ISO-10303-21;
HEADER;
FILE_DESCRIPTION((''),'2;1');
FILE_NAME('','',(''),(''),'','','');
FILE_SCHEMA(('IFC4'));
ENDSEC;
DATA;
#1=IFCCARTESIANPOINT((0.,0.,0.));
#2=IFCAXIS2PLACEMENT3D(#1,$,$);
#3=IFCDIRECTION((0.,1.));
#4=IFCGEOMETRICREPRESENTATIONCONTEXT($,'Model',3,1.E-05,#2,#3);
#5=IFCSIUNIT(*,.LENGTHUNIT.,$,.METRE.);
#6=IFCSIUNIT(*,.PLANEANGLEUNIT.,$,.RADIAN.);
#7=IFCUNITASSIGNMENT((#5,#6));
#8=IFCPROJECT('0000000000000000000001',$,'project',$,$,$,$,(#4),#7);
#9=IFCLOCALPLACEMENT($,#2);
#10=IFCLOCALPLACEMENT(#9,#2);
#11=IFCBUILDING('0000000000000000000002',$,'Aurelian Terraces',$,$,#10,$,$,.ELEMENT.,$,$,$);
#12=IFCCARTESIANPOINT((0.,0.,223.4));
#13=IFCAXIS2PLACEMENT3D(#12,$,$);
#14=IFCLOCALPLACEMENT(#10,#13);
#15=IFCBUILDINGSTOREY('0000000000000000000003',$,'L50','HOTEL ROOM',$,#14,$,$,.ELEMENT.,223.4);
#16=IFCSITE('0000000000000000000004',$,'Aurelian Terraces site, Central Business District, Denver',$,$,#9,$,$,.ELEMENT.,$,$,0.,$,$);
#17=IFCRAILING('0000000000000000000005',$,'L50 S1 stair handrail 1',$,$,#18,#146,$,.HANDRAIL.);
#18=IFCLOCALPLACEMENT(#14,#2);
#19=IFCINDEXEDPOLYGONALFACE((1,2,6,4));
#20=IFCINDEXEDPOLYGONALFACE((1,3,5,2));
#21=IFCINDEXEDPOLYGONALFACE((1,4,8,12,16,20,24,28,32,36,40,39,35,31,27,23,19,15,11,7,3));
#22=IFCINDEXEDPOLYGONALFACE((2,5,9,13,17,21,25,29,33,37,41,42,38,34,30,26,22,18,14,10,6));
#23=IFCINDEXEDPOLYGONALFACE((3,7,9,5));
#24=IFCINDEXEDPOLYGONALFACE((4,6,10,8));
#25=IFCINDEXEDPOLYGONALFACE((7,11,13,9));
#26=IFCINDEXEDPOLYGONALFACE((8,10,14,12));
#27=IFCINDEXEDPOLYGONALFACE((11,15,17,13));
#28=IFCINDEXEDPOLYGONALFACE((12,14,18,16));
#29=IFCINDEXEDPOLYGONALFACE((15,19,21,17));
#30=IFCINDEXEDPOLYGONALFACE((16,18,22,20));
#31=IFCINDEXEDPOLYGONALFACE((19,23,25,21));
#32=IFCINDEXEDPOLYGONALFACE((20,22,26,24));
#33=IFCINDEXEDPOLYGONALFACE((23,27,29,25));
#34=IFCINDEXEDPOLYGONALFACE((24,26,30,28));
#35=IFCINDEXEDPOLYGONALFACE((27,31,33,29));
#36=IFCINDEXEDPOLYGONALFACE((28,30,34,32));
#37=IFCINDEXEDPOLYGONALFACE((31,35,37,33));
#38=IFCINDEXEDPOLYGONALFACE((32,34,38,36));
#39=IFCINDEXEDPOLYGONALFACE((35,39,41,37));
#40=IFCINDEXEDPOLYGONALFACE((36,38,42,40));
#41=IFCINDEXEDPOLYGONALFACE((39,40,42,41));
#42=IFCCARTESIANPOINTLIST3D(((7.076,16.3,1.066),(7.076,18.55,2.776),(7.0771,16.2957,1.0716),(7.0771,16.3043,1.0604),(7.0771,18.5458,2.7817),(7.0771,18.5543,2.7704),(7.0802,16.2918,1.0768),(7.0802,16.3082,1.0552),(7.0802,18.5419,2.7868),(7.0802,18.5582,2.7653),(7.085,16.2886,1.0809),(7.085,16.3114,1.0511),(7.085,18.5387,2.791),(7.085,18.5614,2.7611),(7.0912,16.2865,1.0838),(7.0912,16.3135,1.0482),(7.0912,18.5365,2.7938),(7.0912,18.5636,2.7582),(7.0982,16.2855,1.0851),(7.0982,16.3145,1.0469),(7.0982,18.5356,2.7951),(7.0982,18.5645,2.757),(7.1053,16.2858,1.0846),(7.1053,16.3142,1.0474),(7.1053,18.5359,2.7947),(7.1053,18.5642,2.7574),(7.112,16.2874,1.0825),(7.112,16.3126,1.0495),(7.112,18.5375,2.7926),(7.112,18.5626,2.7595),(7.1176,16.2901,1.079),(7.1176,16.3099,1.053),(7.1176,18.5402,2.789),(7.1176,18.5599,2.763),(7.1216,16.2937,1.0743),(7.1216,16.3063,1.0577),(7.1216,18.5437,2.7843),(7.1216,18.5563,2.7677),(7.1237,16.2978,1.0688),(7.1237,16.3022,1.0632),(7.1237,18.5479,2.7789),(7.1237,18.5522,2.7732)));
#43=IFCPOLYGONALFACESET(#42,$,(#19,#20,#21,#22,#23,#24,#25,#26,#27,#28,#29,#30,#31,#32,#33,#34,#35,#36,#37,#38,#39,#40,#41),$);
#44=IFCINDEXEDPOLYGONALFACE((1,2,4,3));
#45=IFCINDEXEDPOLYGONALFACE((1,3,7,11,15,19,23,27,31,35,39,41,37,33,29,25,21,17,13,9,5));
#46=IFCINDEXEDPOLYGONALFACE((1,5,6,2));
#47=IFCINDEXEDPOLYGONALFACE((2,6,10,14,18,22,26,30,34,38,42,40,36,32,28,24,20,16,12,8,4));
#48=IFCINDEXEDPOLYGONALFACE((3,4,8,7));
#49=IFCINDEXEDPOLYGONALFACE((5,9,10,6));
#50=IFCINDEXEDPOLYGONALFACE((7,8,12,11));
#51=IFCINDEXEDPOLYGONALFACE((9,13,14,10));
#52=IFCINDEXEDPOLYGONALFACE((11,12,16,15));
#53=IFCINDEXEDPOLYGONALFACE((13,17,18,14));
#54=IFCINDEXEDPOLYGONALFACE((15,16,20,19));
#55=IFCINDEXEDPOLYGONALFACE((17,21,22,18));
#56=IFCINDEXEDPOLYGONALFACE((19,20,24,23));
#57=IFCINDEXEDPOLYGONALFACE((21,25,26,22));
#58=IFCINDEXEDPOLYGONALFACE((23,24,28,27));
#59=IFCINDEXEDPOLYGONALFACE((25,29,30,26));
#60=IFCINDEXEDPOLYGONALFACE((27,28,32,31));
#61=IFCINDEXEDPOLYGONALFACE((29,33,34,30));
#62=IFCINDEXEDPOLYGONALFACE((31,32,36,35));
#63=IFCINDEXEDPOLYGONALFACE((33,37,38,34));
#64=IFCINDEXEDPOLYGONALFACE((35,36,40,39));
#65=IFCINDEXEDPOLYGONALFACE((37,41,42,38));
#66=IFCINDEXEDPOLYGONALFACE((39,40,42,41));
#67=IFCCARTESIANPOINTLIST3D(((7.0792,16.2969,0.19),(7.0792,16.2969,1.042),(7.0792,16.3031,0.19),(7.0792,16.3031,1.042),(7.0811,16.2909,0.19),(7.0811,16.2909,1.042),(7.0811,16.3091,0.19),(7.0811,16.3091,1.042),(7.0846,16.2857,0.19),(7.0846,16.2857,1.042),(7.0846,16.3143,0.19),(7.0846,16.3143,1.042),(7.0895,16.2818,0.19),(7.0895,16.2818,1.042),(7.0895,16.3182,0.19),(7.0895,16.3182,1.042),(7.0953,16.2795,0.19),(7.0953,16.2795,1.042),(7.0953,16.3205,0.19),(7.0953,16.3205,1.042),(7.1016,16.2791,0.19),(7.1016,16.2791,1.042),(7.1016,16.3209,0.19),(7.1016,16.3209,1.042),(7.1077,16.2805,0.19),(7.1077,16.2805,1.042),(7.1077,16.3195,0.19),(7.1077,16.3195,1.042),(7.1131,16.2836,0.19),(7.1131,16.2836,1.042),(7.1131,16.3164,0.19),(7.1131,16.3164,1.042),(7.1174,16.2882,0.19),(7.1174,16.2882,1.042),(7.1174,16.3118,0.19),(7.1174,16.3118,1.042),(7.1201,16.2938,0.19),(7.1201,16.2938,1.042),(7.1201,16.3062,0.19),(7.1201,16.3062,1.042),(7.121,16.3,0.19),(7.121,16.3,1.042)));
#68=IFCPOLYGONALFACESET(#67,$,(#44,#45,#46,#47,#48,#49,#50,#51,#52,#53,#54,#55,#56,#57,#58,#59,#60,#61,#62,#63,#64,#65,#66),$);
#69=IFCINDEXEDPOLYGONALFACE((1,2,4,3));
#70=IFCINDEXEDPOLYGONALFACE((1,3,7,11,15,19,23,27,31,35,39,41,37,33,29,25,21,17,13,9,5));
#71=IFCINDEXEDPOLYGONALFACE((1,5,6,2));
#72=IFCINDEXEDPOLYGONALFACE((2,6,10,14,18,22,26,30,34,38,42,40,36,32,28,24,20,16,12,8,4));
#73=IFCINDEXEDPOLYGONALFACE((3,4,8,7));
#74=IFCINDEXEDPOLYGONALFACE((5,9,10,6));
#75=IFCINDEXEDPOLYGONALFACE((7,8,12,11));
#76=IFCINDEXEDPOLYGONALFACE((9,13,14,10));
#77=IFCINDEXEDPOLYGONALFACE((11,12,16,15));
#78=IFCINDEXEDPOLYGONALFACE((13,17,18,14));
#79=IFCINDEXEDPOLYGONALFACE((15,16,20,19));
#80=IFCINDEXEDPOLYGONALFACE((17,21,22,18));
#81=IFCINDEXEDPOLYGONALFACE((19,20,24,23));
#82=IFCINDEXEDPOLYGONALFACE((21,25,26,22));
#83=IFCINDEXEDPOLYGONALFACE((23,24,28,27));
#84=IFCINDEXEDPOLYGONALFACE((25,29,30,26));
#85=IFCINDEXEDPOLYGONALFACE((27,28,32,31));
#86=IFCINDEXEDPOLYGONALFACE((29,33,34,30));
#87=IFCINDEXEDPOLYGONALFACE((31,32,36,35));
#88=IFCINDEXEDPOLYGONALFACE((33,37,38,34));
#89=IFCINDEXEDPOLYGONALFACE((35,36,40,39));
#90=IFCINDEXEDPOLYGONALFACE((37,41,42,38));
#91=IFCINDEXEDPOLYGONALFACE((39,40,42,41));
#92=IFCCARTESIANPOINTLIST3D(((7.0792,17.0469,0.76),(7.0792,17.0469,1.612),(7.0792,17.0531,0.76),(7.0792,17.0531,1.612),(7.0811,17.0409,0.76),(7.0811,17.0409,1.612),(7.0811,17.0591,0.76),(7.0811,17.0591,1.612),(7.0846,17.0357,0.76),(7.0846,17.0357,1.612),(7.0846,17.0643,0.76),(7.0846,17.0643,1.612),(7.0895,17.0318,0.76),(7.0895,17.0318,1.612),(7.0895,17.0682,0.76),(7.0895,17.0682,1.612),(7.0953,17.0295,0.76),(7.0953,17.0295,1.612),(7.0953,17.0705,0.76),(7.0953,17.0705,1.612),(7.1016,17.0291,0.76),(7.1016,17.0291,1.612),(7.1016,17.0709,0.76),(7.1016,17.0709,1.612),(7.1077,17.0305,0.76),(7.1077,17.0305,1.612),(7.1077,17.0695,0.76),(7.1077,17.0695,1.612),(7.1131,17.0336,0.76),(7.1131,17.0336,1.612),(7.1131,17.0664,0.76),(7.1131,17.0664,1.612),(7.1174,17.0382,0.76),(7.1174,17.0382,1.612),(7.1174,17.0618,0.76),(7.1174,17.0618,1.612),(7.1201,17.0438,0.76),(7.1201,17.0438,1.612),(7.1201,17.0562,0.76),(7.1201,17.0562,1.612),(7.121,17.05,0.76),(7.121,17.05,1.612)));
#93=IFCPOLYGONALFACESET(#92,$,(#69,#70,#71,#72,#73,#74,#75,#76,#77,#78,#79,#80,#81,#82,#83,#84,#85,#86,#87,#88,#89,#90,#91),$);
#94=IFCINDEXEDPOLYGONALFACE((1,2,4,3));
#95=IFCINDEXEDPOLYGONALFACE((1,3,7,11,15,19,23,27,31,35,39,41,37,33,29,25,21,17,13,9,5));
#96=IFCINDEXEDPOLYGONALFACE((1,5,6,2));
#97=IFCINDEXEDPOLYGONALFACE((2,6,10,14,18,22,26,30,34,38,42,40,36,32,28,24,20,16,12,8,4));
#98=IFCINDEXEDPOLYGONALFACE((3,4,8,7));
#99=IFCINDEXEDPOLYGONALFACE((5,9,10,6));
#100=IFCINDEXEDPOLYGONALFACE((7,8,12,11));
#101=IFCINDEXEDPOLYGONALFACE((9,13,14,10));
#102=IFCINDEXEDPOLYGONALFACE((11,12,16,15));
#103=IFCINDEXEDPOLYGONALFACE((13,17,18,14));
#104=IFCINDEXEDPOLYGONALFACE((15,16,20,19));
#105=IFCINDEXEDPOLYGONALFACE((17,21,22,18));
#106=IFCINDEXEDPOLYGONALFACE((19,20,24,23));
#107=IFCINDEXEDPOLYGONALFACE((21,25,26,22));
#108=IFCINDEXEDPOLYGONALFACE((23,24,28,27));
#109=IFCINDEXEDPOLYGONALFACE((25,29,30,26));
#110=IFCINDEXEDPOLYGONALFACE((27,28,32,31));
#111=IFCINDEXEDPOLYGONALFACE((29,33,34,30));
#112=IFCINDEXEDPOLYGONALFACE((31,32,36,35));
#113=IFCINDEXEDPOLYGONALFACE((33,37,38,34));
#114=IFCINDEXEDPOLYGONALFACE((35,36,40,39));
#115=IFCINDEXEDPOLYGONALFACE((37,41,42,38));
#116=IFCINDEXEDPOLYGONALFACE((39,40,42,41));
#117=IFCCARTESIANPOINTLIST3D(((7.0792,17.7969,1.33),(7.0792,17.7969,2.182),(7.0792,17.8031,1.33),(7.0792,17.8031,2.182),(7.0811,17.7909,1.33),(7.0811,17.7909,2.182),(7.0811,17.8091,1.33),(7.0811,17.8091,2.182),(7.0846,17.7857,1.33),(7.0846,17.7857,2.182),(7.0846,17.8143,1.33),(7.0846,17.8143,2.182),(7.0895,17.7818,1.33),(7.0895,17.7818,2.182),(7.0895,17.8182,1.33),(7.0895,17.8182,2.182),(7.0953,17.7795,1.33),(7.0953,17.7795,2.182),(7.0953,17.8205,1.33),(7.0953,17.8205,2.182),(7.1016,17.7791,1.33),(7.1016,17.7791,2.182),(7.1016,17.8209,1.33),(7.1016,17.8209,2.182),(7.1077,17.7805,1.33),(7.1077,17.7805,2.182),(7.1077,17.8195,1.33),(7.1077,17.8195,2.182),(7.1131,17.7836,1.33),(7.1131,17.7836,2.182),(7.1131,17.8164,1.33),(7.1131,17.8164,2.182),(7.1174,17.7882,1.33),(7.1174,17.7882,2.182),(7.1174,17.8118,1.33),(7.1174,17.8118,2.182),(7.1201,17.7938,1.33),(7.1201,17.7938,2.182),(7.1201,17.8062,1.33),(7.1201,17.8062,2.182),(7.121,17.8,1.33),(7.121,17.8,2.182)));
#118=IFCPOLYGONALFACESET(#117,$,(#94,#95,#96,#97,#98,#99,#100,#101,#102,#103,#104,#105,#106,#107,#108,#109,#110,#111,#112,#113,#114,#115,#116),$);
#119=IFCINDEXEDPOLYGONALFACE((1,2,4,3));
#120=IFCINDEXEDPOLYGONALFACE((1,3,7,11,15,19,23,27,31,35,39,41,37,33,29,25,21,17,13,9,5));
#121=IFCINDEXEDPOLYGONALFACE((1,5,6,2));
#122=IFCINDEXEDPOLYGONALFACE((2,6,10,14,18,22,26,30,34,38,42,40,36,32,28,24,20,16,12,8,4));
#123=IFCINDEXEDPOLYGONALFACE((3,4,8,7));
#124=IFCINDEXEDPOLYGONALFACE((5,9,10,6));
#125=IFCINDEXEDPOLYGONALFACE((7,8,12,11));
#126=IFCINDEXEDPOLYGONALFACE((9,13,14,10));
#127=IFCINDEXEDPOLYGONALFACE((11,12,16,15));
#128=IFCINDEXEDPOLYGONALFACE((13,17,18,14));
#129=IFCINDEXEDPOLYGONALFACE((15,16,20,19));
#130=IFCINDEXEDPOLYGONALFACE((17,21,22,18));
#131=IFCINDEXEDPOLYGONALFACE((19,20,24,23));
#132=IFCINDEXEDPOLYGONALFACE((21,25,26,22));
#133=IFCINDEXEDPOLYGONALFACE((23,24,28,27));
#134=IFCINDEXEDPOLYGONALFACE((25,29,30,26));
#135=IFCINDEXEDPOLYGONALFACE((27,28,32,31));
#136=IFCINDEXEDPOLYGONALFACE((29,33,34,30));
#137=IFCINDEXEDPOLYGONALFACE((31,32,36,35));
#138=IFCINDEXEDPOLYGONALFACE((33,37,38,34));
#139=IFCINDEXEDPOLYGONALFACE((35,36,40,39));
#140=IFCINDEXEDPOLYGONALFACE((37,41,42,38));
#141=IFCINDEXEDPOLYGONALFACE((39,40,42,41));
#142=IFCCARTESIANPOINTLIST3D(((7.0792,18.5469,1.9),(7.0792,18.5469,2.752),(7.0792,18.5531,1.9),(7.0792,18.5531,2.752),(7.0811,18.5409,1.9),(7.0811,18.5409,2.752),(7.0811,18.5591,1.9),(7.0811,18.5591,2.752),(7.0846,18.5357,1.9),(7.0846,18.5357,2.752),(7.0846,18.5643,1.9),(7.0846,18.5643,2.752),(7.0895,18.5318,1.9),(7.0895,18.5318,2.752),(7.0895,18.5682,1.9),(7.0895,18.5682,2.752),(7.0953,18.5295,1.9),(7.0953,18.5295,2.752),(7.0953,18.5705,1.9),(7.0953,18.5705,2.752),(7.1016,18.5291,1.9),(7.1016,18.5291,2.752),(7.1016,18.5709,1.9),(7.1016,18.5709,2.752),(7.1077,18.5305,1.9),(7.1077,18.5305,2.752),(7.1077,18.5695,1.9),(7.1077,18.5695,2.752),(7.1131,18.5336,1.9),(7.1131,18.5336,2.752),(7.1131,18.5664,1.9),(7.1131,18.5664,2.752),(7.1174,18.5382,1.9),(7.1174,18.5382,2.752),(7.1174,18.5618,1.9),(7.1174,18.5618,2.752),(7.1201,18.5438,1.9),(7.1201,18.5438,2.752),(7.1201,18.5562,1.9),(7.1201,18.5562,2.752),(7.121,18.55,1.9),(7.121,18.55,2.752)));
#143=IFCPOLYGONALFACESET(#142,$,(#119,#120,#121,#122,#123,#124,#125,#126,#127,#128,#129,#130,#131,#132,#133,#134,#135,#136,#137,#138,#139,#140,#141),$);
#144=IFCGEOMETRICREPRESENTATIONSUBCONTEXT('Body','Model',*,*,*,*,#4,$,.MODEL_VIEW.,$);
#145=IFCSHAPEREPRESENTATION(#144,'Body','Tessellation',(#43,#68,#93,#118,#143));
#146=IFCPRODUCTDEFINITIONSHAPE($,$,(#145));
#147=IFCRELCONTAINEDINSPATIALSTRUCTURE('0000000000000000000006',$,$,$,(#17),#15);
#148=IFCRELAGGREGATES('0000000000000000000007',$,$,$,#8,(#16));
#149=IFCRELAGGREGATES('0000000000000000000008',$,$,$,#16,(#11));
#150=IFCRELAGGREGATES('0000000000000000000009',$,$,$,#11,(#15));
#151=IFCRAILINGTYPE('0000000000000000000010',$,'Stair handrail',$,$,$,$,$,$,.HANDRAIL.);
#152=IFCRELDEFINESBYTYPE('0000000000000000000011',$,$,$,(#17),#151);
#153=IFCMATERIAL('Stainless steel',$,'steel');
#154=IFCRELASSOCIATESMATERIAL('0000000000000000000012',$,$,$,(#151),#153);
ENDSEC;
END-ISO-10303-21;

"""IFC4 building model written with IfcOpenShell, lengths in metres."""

from ifc_helpers import new_model, si_unit, direction, frame, origin, origin_2d, place, context, subcontext, project, spatial, circle, extrude, source, transform, mapped, material, type_object, element, save


model = new_model("IFC4")

# Units and contexts
model_context = context("Model", 3, precision=1e-05, world=origin(), true_north=direction((0.0, 1.0)))
body_context = subcontext(model_context, "Body", "Model", "MODEL_VIEW")
ifc_project = project(units=[si_unit("LENGTHUNIT", "METRE"), si_unit("PLANEANGLEUNIT", "RADIAN")], contexts=[model_context])

# Site, building, storey
site_placement = place(None, origin())
site = spatial("IfcSite", under=ifc_project, at=site_placement, Name="Aurelian Terraces site, Central Business District, Denver", CompositionType="ELEMENT", RefElevation=0.0)
building_placement = place(site_placement, origin())
building = spatial("IfcBuilding", under=site, at=building_placement, Name="Aurelian Terraces", CompositionType="ELEMENT")
storey_placement = place(building_placement, frame((0.0, 0.0, 223.4)))
storey = spatial("IfcBuildingStorey", under=building, at=storey_placement, Name="L50", Description="HOTEL ROOM", CompositionType="ELEMENT", Elevation=223.4)

# Shared definitions
ifc_material_1 = material(Name="Stainless steel", Category="steel")

# Railing
railing_type_1 = type_object("IfcRailingType", Name="Stair handrail", PredefinedType="HANDRAIL", material=ifc_material_1)
shared_shape_1 = source(origin(), body_context, "Body", "SweptSolid", [
    extrude(circle(Radius=0.024, at=origin_2d()), frame((0.0, 0.0, 0.876), z_axis=(0.0, 0.796162, 0.605083), x_axis=(-1.0, 0.0, 0.0)), (0.0, 0.0, 1.0), 2.8261),
    extrude(circle(Radius=0.021, at=origin_2d()), origin(), (0.0, 0.0, 1.0), 0.852),
    extrude(circle(Radius=0.021, at=origin_2d()), frame((0.0, 0.75, 0.57)), (0.0, 0.0, 1.0), 0.852),
    extrude(circle(Radius=0.021, at=origin_2d()), frame((0.0, 1.5, 1.14)), (0.0, 0.0, 1.0), 0.852),
    extrude(circle(Radius=0.021, at=origin_2d()), frame((0.0, 2.25, 1.71)), (0.0, 0.0, 1.0), 0.852),
])
railing_1_placement = place(storey_placement, frame((7.1, 16.3, 0.19)))
element("IfcRailing", 1, at=railing_1_placement, inside=storey, type_object=railing_type_1, Name="L50 S1 stair handrail 1", PredefinedType="HANDRAIL", context=body_context, shape_type="MappedRepresentation", body=[
    mapped(shared_shape_1, transform((0.0, 0.0, 0.0), scale=1.0)),
])

save(model, "model.ifc")
